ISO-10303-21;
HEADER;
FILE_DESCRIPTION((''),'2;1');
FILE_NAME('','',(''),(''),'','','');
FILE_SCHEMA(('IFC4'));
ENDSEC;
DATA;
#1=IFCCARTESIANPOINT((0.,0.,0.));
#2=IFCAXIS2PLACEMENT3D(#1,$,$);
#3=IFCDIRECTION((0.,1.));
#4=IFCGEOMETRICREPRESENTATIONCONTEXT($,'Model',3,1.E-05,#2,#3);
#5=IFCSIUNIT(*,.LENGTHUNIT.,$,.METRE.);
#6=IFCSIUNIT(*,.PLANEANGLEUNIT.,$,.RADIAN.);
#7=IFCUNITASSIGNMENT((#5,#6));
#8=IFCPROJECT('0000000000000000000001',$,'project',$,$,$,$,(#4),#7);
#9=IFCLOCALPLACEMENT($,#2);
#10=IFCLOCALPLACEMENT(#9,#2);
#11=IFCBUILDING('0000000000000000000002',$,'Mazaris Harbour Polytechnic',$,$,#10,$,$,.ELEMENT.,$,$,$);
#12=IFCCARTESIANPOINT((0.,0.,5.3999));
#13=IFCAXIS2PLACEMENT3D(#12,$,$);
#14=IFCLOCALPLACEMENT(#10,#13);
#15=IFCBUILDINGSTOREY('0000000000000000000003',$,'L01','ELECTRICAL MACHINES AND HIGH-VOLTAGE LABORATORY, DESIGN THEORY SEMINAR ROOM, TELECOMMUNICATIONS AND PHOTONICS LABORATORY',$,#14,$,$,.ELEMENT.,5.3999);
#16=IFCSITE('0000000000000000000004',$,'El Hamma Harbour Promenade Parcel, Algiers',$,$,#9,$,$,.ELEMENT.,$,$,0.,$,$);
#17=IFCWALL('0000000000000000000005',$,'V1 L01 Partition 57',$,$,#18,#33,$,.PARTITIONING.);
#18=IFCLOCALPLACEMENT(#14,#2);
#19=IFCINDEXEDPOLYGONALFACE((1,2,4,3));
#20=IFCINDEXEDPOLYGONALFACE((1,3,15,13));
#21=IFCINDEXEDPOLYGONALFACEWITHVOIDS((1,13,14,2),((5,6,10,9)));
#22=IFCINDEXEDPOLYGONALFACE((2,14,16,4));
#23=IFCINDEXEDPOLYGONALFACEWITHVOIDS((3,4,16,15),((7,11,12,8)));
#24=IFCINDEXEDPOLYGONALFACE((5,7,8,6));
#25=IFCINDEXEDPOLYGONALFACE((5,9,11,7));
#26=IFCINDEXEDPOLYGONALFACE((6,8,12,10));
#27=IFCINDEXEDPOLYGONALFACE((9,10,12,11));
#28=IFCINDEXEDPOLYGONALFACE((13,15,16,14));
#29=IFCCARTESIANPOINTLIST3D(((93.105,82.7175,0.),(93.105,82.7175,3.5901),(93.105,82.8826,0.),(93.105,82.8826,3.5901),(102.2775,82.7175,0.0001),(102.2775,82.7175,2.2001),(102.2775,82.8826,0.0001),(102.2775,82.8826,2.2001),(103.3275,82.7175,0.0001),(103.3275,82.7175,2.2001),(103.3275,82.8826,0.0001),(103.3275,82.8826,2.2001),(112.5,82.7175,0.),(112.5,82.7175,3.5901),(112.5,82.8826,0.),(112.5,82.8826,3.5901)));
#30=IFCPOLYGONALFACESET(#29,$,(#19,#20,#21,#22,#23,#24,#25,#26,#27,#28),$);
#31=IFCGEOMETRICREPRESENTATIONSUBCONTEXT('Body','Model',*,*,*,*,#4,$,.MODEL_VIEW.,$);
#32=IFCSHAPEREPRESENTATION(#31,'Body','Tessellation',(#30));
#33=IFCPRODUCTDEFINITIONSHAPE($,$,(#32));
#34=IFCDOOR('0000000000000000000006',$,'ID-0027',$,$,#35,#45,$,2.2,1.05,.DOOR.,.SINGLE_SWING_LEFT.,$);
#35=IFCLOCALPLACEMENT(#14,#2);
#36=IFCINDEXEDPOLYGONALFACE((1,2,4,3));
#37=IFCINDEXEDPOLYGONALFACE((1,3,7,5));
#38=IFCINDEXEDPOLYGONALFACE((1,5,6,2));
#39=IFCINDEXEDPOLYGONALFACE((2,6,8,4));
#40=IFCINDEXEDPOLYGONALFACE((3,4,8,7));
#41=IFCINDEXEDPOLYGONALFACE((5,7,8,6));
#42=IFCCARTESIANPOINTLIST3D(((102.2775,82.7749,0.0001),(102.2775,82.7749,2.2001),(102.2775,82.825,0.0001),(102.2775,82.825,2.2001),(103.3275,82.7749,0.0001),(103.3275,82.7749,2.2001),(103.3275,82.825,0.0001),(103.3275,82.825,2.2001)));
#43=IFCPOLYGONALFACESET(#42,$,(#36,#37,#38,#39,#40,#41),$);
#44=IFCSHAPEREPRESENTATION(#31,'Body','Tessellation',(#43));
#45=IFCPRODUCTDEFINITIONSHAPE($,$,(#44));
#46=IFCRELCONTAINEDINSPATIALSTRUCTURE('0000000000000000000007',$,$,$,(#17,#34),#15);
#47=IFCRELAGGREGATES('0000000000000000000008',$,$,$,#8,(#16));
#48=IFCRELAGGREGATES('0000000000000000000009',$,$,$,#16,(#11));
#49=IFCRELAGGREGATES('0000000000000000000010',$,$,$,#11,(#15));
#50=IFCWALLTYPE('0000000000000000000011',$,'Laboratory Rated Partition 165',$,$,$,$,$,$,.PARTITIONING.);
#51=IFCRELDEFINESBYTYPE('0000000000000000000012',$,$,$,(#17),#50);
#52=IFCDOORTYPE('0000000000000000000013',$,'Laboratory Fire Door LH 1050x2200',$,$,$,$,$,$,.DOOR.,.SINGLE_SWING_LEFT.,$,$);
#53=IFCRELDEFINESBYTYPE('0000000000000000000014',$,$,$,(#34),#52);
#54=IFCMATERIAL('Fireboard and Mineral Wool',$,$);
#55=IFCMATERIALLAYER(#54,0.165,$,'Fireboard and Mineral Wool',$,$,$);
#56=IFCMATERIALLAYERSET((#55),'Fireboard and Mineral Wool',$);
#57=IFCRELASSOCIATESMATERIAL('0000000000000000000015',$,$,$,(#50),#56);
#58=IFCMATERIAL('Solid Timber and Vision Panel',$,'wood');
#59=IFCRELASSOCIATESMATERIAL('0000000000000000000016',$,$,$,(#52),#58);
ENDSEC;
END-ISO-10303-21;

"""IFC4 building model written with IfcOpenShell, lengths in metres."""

from ifc_helpers import new_model, si_unit, direction, frame, frame_2d, origin, place, context, subcontext, project, spatial, rectangle, extrude, material, layer, layer_set, type_object, element, fill, save


model = new_model("IFC4")

# Units and contexts
model_context = context("Model", 3, precision=1e-05, world=origin(), true_north=direction((0.0, 1.0)))
body_context = subcontext(model_context, "Body", "Model", "MODEL_VIEW")
ifc_project = project(units=[si_unit("LENGTHUNIT", "METRE"), si_unit("PLANEANGLEUNIT", "RADIAN")], contexts=[model_context])

# Site, building, storey
site_placement = place(None, origin())
site = spatial("IfcSite", under=ifc_project, at=site_placement, Name="El Hamma Harbour Promenade Parcel, Algiers", CompositionType="ELEMENT", RefElevation=0.0)
building_placement = place(site_placement, origin())
building = spatial("IfcBuilding", under=site, at=building_placement, Name="Mazaris Harbour Polytechnic", CompositionType="ELEMENT")
storey_placement = place(building_placement, frame((0.0, 0.0, 5.3999)))
storey = spatial("IfcBuildingStorey", under=building, at=storey_placement, Name="L01", Description="ELECTRICAL MACHINES AND HIGH-VOLTAGE LABORATORY, DESIGN THEORY SEMINAR ROOM, TELECOMMUNICATIONS AND PHOTONICS LABORATORY", CompositionType="ELEMENT", Elevation=5.3999)

# Wall, opening, door
ifc_material_1 = material(Name="Fireboard and Mineral Wool")
ifc_layer_1 = layer(ifc_material_1, 0.165, Name="Fireboard and Mineral Wool")
ifc_layer_set_1 = layer_set([ifc_layer_1], Name="Fireboard and Mineral Wool")
wall_type_1 = type_object("IfcWallType", Name="Laboratory Rated Partition 165", PredefinedType="PARTITIONING", material=ifc_layer_set_1)
wall_1_placement = place(storey_placement, frame((93.105, 82.8, 0.0), z_axis=(0.0, 0.0, 1.0), x_axis=(1.0, 0.0, 0.0)))
wall_1 = element("IfcWall", 1, at=wall_1_placement, inside=storey, type_object=wall_type_1, Name="V1 L01 Partition 57", PredefinedType="PARTITIONING", context=body_context, shape_type="SweptSolid", body=[
    extrude(rectangle(XDim=19.395, YDim=0.165, at=frame_2d((9.6975, 0.0))), origin(), (0.0, 0.0, 1.0), 3.5901),
])
opening_1_placement = place(wall_1_placement, frame((9.1726, 0.0, 0.0)))
opening_1 = element("IfcOpeningElement", 2, at=opening_1_placement, cuts=wall_1, PredefinedType="OPENING", context=body_context, shape_type="SweptSolid", body=[
    extrude(rectangle(XDim=1.05, YDim=2.2, at=frame_2d((0.5249, 1.1001))), frame((0.0, 0.0925, 0.0), z_axis=(0.0, -1.0, 0.0), x_axis=(1.0, 0.0, 0.0)), (0.0, 0.0, 1.0), 0.1851),
])
ifc_material_2 = material(Name="Solid Timber and Vision Panel", Category="wood")
door_type_1 = type_object("IfcDoorType", Name="Laboratory Fire Door LH 1050x2200", OperationType="SINGLE_SWING_LEFT", PredefinedType="DOOR", material=ifc_material_2)
door_1_placement = place(opening_1_placement, origin())
door_1 = element("IfcDoor", 3, at=door_1_placement, inside=storey, type_object=door_type_1, Name="ID-0027", OperationType="SINGLE_SWING_LEFT", OverallHeight=2.2, OverallWidth=1.05, PredefinedType="DOOR", context=body_context, shape_type="SweptSolid", body=[
    extrude(rectangle(XDim=1.05, YDim=2.2, at=frame_2d((0.5249, 1.1001))), frame((0.0, 0.0249, 0.0), z_axis=(0.0, -1.0, 0.0), x_axis=(1.0, 0.0, 0.0)), (0.0, 0.0, 1.0), 0.05),
])
fill(opening_1, door_1)

save(model, "model.ifc")
